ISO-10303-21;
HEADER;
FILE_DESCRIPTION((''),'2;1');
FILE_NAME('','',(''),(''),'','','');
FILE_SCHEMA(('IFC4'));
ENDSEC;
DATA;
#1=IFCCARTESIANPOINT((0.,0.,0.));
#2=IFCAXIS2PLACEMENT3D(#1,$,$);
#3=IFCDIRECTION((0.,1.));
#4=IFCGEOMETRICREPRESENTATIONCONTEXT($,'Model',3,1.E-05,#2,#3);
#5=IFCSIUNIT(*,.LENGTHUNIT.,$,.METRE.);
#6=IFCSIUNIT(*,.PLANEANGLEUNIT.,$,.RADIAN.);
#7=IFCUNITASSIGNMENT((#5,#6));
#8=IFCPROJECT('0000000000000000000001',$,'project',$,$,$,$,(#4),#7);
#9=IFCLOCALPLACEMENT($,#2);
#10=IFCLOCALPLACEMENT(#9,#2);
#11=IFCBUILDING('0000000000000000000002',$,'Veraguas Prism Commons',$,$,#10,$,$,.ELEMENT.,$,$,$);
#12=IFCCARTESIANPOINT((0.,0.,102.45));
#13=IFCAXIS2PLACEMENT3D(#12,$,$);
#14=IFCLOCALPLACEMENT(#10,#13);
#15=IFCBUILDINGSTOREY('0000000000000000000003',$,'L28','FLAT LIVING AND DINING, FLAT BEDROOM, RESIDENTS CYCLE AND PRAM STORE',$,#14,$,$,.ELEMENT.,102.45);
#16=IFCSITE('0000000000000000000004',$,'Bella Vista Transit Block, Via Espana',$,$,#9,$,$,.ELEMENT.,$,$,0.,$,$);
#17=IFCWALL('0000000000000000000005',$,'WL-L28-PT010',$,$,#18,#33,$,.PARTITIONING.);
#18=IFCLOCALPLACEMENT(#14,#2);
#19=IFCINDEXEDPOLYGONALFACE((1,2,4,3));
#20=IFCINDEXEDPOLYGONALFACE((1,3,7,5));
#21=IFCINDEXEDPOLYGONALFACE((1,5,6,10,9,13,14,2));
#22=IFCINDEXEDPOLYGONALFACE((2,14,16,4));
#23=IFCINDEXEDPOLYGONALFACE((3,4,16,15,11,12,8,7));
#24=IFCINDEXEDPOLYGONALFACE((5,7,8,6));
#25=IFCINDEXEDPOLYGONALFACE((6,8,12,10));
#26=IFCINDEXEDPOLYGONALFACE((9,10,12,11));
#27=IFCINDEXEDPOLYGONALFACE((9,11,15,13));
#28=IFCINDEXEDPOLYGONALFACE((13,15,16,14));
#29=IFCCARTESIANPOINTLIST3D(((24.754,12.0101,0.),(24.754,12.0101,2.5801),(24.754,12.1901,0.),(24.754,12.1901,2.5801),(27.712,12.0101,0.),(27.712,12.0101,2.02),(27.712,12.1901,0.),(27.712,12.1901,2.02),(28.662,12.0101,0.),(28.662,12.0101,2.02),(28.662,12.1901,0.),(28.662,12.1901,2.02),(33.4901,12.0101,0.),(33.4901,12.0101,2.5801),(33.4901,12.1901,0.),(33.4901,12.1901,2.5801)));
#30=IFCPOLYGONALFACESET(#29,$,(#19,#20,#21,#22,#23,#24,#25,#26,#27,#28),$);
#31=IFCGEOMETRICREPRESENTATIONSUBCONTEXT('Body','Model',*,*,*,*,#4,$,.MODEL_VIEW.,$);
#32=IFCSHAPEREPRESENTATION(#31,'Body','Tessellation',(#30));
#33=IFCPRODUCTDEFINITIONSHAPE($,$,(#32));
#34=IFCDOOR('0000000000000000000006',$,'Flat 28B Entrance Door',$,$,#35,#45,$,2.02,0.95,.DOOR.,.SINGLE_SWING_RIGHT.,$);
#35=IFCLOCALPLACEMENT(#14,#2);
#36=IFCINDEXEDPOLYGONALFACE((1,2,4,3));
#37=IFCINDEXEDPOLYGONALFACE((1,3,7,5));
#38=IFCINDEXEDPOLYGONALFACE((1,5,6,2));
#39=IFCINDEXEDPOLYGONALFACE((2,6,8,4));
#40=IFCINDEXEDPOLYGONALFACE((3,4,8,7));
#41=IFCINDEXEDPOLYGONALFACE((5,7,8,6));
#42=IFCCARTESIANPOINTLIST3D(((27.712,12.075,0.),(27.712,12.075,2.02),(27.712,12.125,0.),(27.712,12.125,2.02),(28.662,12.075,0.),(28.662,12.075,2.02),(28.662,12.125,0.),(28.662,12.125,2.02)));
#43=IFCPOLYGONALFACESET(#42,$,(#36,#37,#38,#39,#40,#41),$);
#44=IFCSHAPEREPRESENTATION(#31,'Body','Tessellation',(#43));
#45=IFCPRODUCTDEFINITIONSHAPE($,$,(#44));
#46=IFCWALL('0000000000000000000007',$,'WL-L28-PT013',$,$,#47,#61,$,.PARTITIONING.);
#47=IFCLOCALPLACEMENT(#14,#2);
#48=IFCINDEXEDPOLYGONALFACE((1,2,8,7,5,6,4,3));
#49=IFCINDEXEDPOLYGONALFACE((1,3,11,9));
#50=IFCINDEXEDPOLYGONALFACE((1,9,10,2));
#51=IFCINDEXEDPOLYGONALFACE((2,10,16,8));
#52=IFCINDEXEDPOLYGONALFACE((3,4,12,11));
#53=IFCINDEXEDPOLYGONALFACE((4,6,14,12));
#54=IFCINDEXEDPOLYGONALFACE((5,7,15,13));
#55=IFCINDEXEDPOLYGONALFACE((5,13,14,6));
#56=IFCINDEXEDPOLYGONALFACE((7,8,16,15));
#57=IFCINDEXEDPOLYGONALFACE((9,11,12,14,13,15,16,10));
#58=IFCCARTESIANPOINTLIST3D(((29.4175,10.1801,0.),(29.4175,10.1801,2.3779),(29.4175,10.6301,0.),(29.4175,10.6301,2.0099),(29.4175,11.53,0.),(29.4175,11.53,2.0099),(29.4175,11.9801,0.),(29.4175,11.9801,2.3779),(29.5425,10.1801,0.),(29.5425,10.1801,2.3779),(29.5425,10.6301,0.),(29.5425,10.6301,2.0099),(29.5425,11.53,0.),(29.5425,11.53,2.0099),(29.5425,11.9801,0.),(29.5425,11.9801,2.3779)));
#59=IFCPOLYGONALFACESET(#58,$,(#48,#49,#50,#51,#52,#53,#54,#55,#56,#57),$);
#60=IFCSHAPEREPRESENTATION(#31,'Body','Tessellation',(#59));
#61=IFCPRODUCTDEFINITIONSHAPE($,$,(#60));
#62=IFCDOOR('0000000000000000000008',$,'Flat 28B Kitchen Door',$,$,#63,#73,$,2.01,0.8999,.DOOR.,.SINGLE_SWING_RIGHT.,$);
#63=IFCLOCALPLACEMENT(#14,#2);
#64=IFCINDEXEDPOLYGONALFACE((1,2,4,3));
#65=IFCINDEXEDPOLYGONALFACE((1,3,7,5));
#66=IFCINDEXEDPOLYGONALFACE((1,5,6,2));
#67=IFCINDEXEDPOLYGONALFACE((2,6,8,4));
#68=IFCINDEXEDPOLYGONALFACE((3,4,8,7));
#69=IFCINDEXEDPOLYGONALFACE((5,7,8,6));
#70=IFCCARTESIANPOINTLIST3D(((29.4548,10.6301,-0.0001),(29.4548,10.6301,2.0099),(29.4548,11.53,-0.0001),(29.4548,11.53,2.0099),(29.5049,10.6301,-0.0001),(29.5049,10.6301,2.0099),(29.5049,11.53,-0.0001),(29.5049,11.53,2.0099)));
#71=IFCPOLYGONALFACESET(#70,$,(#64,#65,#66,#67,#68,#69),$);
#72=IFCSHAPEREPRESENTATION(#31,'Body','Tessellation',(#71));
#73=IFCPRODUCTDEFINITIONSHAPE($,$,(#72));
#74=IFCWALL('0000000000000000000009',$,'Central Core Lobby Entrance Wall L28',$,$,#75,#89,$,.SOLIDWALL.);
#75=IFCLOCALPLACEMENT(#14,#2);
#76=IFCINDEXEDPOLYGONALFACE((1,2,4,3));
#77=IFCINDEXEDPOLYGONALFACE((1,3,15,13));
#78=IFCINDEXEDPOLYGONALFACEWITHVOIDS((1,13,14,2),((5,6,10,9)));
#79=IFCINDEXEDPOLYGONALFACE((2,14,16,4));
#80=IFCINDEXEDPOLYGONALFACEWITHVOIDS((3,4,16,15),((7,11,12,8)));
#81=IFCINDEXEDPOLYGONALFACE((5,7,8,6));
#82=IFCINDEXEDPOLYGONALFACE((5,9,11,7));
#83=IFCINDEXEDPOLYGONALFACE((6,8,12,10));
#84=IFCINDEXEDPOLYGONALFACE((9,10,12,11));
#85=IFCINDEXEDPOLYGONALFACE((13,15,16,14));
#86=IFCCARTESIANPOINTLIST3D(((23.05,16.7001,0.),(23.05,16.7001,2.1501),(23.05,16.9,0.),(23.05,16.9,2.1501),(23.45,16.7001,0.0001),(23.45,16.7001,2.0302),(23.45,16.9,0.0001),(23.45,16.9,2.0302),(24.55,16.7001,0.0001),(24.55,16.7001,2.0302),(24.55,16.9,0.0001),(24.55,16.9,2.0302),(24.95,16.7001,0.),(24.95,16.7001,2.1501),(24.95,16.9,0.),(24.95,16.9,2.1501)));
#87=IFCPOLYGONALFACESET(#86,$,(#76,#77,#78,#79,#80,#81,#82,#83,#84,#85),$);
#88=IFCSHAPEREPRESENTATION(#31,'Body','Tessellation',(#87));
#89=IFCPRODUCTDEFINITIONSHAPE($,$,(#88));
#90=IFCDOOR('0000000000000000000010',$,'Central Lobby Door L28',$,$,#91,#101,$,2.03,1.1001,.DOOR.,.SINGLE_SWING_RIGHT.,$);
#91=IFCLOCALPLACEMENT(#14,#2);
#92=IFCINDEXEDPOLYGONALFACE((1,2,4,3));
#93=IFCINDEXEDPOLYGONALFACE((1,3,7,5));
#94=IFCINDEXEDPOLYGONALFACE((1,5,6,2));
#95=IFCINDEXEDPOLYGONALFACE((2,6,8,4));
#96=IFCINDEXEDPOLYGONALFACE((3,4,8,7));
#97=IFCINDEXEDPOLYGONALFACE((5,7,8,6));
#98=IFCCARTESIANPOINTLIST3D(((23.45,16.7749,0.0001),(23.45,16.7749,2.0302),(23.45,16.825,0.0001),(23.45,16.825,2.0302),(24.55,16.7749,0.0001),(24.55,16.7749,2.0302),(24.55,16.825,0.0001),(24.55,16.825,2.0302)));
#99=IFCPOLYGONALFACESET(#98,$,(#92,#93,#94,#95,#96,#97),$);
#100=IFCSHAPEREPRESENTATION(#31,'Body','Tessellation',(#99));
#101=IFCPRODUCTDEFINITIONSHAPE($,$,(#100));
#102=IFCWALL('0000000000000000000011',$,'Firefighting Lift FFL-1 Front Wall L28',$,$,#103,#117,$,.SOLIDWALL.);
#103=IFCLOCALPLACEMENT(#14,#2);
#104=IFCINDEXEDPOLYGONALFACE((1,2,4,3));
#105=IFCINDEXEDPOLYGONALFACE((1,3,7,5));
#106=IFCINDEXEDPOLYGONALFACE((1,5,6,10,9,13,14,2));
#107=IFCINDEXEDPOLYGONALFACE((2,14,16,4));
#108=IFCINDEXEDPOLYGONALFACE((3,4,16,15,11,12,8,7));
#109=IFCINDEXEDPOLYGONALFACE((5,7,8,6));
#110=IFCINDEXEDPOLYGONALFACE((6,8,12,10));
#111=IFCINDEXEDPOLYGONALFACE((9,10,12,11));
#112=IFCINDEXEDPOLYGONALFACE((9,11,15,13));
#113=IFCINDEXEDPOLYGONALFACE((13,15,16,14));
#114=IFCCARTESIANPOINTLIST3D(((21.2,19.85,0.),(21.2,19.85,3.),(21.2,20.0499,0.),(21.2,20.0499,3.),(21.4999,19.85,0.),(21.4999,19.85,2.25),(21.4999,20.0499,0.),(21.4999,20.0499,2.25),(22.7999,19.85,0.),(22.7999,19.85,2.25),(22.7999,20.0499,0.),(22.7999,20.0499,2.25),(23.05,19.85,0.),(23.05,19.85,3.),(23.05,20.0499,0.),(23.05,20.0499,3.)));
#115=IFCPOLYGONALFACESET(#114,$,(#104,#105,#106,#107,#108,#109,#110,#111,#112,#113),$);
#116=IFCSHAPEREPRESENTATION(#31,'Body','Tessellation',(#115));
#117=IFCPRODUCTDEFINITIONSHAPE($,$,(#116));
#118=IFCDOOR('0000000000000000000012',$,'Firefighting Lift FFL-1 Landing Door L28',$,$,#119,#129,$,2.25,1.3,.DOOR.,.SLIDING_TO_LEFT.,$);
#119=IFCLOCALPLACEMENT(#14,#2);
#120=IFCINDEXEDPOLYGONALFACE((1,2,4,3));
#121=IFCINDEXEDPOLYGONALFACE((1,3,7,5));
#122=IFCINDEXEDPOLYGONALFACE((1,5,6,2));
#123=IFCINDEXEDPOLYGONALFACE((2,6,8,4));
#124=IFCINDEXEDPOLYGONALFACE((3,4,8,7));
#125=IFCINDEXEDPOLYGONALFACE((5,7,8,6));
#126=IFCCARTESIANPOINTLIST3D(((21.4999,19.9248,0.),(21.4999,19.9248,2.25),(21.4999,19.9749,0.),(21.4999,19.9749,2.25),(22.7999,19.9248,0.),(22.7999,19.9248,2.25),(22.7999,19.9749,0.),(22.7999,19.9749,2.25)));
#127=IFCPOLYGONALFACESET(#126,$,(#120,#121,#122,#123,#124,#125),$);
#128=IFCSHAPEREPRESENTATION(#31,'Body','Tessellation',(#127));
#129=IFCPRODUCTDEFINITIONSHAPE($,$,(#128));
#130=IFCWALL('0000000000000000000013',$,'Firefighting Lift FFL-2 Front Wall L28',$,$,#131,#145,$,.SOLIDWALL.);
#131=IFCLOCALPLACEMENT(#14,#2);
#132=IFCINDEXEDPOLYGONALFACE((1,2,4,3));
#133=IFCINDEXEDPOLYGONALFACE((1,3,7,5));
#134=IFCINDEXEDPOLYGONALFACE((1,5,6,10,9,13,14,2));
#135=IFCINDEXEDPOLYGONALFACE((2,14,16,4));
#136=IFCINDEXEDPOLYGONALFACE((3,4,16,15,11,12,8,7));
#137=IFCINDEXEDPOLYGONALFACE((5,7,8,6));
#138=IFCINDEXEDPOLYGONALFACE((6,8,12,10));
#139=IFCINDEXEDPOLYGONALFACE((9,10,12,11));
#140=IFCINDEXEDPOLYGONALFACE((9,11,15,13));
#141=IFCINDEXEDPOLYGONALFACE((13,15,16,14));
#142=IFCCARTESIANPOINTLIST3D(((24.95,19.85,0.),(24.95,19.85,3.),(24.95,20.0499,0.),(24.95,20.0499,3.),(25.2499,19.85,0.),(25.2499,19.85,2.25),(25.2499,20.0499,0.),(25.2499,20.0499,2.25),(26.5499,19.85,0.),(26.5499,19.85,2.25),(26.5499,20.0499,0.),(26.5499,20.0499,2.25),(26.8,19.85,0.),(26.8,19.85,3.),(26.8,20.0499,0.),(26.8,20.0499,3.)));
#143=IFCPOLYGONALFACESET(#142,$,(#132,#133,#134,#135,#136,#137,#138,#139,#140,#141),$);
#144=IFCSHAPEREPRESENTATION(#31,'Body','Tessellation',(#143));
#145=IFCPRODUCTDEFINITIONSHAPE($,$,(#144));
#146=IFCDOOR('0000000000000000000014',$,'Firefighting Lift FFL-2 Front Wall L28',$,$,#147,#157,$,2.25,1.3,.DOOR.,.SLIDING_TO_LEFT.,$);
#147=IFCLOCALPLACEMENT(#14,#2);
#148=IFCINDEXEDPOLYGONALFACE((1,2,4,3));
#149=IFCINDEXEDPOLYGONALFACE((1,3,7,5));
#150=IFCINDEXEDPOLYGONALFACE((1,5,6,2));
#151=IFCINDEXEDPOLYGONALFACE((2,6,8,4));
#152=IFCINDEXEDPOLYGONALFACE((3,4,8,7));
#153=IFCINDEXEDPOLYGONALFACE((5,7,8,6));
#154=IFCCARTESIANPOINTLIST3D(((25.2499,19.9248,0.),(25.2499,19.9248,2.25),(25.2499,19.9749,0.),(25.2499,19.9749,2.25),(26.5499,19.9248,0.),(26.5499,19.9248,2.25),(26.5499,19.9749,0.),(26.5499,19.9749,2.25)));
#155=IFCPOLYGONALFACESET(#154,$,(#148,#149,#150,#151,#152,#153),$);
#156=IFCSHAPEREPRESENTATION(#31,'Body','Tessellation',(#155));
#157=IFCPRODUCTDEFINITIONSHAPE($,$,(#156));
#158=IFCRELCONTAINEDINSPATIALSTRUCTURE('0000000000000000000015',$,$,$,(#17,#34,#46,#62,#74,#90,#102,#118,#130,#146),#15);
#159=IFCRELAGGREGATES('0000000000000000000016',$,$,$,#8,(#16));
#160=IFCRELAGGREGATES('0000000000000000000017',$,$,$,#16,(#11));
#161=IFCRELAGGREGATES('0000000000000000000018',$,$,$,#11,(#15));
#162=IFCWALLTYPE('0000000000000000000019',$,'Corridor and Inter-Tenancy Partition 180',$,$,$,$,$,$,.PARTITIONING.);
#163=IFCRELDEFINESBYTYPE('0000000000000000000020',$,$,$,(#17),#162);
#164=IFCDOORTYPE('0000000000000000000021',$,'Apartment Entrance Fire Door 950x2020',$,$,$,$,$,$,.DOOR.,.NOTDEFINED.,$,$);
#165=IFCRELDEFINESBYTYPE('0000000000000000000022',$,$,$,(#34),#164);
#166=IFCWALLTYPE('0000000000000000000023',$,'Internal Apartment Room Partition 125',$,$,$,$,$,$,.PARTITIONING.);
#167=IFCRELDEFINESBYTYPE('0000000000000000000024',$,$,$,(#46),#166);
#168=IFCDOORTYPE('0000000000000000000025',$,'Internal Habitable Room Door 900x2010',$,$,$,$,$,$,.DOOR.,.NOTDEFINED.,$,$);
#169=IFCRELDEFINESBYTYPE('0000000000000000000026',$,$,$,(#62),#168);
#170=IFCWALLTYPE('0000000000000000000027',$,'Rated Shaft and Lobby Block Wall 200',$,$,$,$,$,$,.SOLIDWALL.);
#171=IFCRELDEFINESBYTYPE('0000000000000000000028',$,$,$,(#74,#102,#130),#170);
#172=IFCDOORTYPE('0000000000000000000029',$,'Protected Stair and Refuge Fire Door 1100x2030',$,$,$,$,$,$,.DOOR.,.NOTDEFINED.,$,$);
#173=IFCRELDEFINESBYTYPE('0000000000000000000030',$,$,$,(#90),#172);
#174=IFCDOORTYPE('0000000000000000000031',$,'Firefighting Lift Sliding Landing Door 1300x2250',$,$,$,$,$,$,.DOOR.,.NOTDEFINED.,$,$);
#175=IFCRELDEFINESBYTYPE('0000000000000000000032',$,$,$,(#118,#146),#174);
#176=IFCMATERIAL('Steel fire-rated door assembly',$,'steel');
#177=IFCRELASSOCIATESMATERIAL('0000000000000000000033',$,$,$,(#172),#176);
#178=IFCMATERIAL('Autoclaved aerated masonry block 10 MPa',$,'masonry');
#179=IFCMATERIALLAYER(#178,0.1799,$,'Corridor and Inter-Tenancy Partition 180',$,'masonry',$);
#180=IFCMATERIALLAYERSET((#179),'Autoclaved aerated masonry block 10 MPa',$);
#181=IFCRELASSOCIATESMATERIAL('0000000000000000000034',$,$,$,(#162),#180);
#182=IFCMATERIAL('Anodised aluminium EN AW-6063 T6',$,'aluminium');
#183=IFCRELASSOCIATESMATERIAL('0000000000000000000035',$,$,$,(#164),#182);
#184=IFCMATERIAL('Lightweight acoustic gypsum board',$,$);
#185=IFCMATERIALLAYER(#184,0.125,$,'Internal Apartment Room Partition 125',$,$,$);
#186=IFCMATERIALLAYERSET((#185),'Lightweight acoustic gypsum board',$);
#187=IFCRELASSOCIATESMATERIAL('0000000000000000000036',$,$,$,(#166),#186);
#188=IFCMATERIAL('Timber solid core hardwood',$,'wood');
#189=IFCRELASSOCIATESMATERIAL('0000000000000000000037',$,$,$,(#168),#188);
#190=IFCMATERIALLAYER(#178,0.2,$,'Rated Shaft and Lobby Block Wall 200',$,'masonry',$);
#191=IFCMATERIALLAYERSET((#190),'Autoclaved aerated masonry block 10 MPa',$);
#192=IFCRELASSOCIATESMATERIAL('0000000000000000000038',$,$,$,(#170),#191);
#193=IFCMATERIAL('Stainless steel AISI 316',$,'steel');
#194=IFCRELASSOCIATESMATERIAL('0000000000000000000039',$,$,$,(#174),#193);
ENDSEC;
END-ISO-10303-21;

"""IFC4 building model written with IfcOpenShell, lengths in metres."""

from ifc_helpers import new_model, si_unit, direction, frame, frame_2d, origin, place, context, subcontext, project, spatial, rectangle, extrude, source, transform, mapped, material, layer, layer_set, type_object, element, fill, save


model = new_model("IFC4")

# Units and contexts
model_context = context("Model", 3, precision=1e-05, world=origin(), true_north=direction((0.0, 1.0)))
body_context = subcontext(model_context, "Body", "Model", "MODEL_VIEW")
ifc_project = project(units=[si_unit("LENGTHUNIT", "METRE"), si_unit("PLANEANGLEUNIT", "RADIAN")], contexts=[model_context])

# Site, building, storey
site_placement = place(None, origin())
site = spatial("IfcSite", under=ifc_project, at=site_placement, Name="Bella Vista Transit Block, Via Espana", CompositionType="ELEMENT", RefElevation=0.0)
building_placement = place(site_placement, origin())
building = spatial("IfcBuilding", under=site, at=building_placement, Name="Veraguas Prism Commons", CompositionType="ELEMENT")
storey_placement = place(building_placement, frame((0.0, 0.0, 102.45)))
storey = spatial("IfcBuildingStorey", under=building, at=storey_placement, Name="L28", Description="FLAT LIVING AND DINING, FLAT BEDROOM, RESIDENTS CYCLE AND PRAM STORE", CompositionType="ELEMENT", Elevation=102.45)

# Shared definitions
ifc_material_1 = material(Name="Steel fire-rated door assembly", Category="steel")
door_type_1 = type_object("IfcDoorType", Name="Protected Stair and Refuge Fire Door 1100x2030", OperationType="NOTDEFINED", PredefinedType="DOOR", material=ifc_material_1)
shared_shape_1 = source(origin(), body_context, "Body", "SweptSolid", [
    extrude(rectangle(XDim=1.1001, YDim=2.03, at=frame_2d((0.55, 1.0151))), frame((0.0, 0.0249, 0.0), z_axis=(0.0, -1.0, 0.0), x_axis=(1.0, 0.0, 0.0)), (0.0, 0.0, 1.0), 0.05),
])

# Shared definitions
ifc_material_2 = material(Name="Autoclaved aerated masonry block 10 MPa", Category="masonry")
ifc_layer_1 = layer(ifc_material_2, 0.1799, Name="Corridor and Inter-Tenancy Partition 180", Category="masonry")
ifc_layer_set_1 = layer_set([ifc_layer_1], Name="Autoclaved aerated masonry block 10 MPa")
wall_type_1 = type_object("IfcWallType", Name="Corridor and Inter-Tenancy Partition 180", PredefinedType="PARTITIONING", material=ifc_layer_set_1)

# Walls, openings, doors
wall_1_placement = place(storey_placement, frame((24.7539, 12.1001, 0.0), z_axis=(0.0, 0.0, 1.0), x_axis=(1.0, 0.0, 0.0)))
wall_1 = element("IfcWall", 1, at=wall_1_placement, inside=storey, type_object=wall_type_1, Name="WL-L28-PT010", PredefinedType="PARTITIONING", context=body_context, shape_type="SweptSolid", body=[
    extrude(rectangle(XDim=8.7361, YDim=0.1799, at=frame_2d((4.3682, 0.0))), origin(), (0.0, 0.0, 1.0), 2.5801),
])
opening_1_placement = place(wall_1_placement, frame((2.958, 0.0, 0.0)))
opening_1 = element("IfcOpeningElement", 2, at=opening_1_placement, cuts=wall_1, PredefinedType="OPENING", context=body_context, shape_type="SweptSolid", body=[
    extrude(rectangle(XDim=0.95, YDim=2.02, at=frame_2d((0.4751, 1.01))), frame((0.0, 0.0999, 0.0), z_axis=(0.0, -1.0, 0.0), x_axis=(1.0, 0.0, 0.0)), (0.0, 0.0, 1.0), 0.2),
])
ifc_material_3 = material(Name="Anodised aluminium EN AW-6063 T6", Category="aluminium")
door_type_2 = type_object("IfcDoorType", Name="Apartment Entrance Fire Door 950x2020", OperationType="NOTDEFINED", PredefinedType="DOOR", material=ifc_material_3)
shared_shape_2 = source(origin(), body_context, "Body", "SweptSolid", [
    extrude(rectangle(XDim=0.95, YDim=2.02, at=frame_2d((0.4751, 1.01))), frame((0.0, 0.0249, 0.0), z_axis=(0.0, -1.0, 0.0), x_axis=(1.0, 0.0, 0.0)), (0.0, 0.0, 1.0), 0.05),
])
door_1_placement = place(opening_1_placement, origin())
door_1 = element("IfcDoor", 3, at=door_1_placement, inside=storey, type_object=door_type_2, Name="Flat 28B Entrance Door", OperationType="SINGLE_SWING_RIGHT", OverallHeight=2.02, OverallWidth=0.95, PredefinedType="DOOR", context=body_context, shape_type="MappedRepresentation", body=[
    mapped(shared_shape_2, transform((0.0, 0.0, 0.0), scale=1.0)),
])
fill(opening_1, door_1)
ifc_material_4 = material(Name="Lightweight acoustic gypsum board")
ifc_layer_2 = layer(ifc_material_4, 0.125, Name="Internal Apartment Room Partition 125")
ifc_layer_set_2 = layer_set([ifc_layer_2], Name="Lightweight acoustic gypsum board")
wall_type_2 = type_object("IfcWallType", Name="Internal Apartment Room Partition 125", PredefinedType="PARTITIONING", material=ifc_layer_set_2)
wall_2_placement = place(storey_placement, frame((29.48, 11.98, 0.0), z_axis=(0.0, 0.0, 1.0), x_axis=(0.0, -1.0, 0.0)))
wall_2 = element("IfcWall", 4, at=wall_2_placement, inside=storey, type_object=wall_type_2, Name="WL-L28-PT013", PredefinedType="PARTITIONING", context=body_context, shape_type="SweptSolid", body=[
    extrude(rectangle(XDim=1.8, YDim=0.125, at=frame_2d((0.8999, 0.0))), origin(), (0.0, 0.0, 1.0), 2.3779),
])
opening_2_placement = place(wall_2_placement, frame((0.45, 0.0, 0.0)))
opening_2 = element("IfcOpeningElement", 5, at=opening_2_placement, cuts=wall_2, PredefinedType="OPENING", context=body_context, shape_type="SweptSolid", body=[
    extrude(rectangle(XDim=0.8999, YDim=2.01, at=frame_2d((0.45, 1.0049))), frame((0.0, 0.0725, 0.0), z_axis=(0.0, -1.0, 0.0), x_axis=(1.0, 0.0, 0.0)), (0.0, 0.0, 1.0), 0.145),
])
ifc_material_5 = material(Name="Timber solid core hardwood", Category="wood")
door_type_3 = type_object("IfcDoorType", Name="Internal Habitable Room Door 900x2010", OperationType="NOTDEFINED", PredefinedType="DOOR", material=ifc_material_5)
shared_shape_3 = source(origin(), body_context, "Body", "SweptSolid", [
    extrude(rectangle(XDim=0.8999, YDim=2.01, at=frame_2d((0.45, 1.0049))), frame((0.0, 0.0249, 0.0), z_axis=(0.0, -1.0, 0.0), x_axis=(1.0, 0.0, 0.0)), (0.0, 0.0, 1.0), 0.05),
])
door_2_placement = place(opening_2_placement, origin())
door_2 = element("IfcDoor", 6, at=door_2_placement, inside=storey, type_object=door_type_3, Name="Flat 28B Kitchen Door", OperationType="SINGLE_SWING_RIGHT", OverallHeight=2.01, OverallWidth=0.8999, PredefinedType="DOOR", context=body_context, shape_type="MappedRepresentation", body=[
    mapped(shared_shape_3, transform((0.0, 0.0, 0.0), scale=1.0)),
])
fill(opening_2, door_2)
ifc_layer_3 = layer(ifc_material_2, 0.2, Name="Rated Shaft and Lobby Block Wall 200", Category="masonry")
ifc_layer_set_3 = layer_set([ifc_layer_3], Name="Autoclaved aerated masonry block 10 MPa")
wall_type_3 = type_object("IfcWallType", Name="Rated Shaft and Lobby Block Wall 200", PredefinedType="SOLIDWALL", material=ifc_layer_set_3)
wall_3_placement = place(storey_placement, frame((23.05, 16.8, 0.0), z_axis=(0.0, 0.0, 1.0), x_axis=(1.0, 0.0, 0.0)))
wall_3 = element("IfcWall", 7, at=wall_3_placement, inside=storey, type_object=wall_type_3, Name="Central Core Lobby Entrance Wall L28", PredefinedType="SOLIDWALL", context=body_context, shape_type="SweptSolid", body=[
    extrude(rectangle(XDim=1.8999, YDim=0.2, at=frame_2d((0.95, 0.0))), origin(), (0.0, 0.0, 1.0), 2.1501),
])
opening_3_placement = place(wall_3_placement, frame((0.3999, 0.0, 0.0)))
opening_3 = element("IfcOpeningElement", 8, at=opening_3_placement, cuts=wall_3, PredefinedType="OPENING", context=body_context, shape_type="SweptSolid", body=[
    extrude(rectangle(XDim=1.1001, YDim=2.03, at=frame_2d((0.55, 1.0151))), frame((0.0, 0.1099, 0.0), z_axis=(0.0, -1.0, 0.0), x_axis=(1.0, 0.0, 0.0)), (0.0, 0.0, 1.0), 0.22),
])
door_3_placement = place(opening_3_placement, origin())
door_3 = element("IfcDoor", 9, at=door_3_placement, inside=storey, type_object=door_type_1, Name="Central Lobby Door L28", OperationType="SINGLE_SWING_RIGHT", OverallHeight=2.03, OverallWidth=1.1001, PredefinedType="DOOR", context=body_context, shape_type="MappedRepresentation", body=[
    mapped(shared_shape_1, transform((0.0, 0.0, 0.0), scale=1.0)),
])
fill(opening_3, door_3)
wall_4_placement = place(storey_placement, frame((21.2, 19.95, 0.0), z_axis=(0.0, 0.0, 1.0), x_axis=(1.0, 0.0, 0.0)))
wall_4 = element("IfcWall", 10, at=wall_4_placement, inside=storey, type_object=wall_type_3, Name="Firefighting Lift FFL-1 Front Wall L28", PredefinedType="SOLIDWALL", context=body_context, shape_type="SweptSolid", body=[
    extrude(rectangle(XDim=1.8501, YDim=0.2, at=frame_2d((0.925, 0.0))), origin(), (0.0, 0.0, 1.0), 3.0),
])
opening_4_placement = place(wall_4_placement, frame((0.3, 0.0, 0.0)))
opening_4 = element("IfcOpeningElement", 11, at=opening_4_placement, cuts=wall_4, PredefinedType="OPENING", context=body_context, shape_type="SweptSolid", body=[
    extrude(rectangle(XDim=1.3, YDim=2.25, at=frame_2d((0.6499, 1.125))), frame((0.0, 0.1099, 0.0), z_axis=(0.0, -1.0, 0.0), x_axis=(1.0, 0.0, 0.0)), (0.0, 0.0, 1.0), 0.22),
])
ifc_material_6 = material(Name="Stainless steel AISI 316", Category="steel")
door_type_4 = type_object("IfcDoorType", Name="Firefighting Lift Sliding Landing Door 1300x2250", OperationType="NOTDEFINED", PredefinedType="DOOR", material=ifc_material_6)
shared_shape_4 = source(origin(), body_context, "Body", "SweptSolid", [
    extrude(rectangle(XDim=1.3, YDim=2.25, at=frame_2d((0.6499, 1.125))), frame((0.0, 0.0249, 0.0), z_axis=(0.0, -1.0, 0.0), x_axis=(1.0, 0.0, 0.0)), (0.0, 0.0, 1.0), 0.05),
])
door_4_placement = place(opening_4_placement, origin())
door_4 = element("IfcDoor", 12, at=door_4_placement, inside=storey, type_object=door_type_4, Name="Firefighting Lift FFL-1 Landing Door L28", OperationType="SLIDING_TO_LEFT", OverallHeight=2.25, OverallWidth=1.3, PredefinedType="DOOR", context=body_context, shape_type="MappedRepresentation", body=[
    mapped(shared_shape_4, transform((0.0, 0.0, 0.0), scale=1.0)),
])
fill(opening_4, door_4)
wall_5_placement = place(storey_placement, frame((24.95, 19.95, 0.0), z_axis=(0.0, 0.0, 1.0), x_axis=(1.0, 0.0, 0.0)))
wall_5 = element("IfcWall", 13, at=wall_5_placement, inside=storey, type_object=wall_type_3, Name="Firefighting Lift FFL-2 Front Wall L28", PredefinedType="SOLIDWALL", context=body_context, shape_type="SweptSolid", body=[
    extrude(rectangle(XDim=1.8501, YDim=0.2, at=frame_2d((0.925, 0.0))), origin(), (0.0, 0.0, 1.0), 3.0),
])
opening_5_placement = place(wall_5_placement, frame((0.3, 0.0, 0.0)))
opening_5 = element("IfcOpeningElement", 14, at=opening_5_placement, cuts=wall_5, PredefinedType="OPENING", context=body_context, shape_type="SweptSolid", body=[
    extrude(rectangle(XDim=1.3, YDim=2.25, at=frame_2d((0.6499, 1.125))), frame((0.0, 0.1099, 0.0), z_axis=(0.0, -1.0, 0.0), x_axis=(1.0, 0.0, 0.0)), (0.0, 0.0, 1.0), 0.22),
])
door_5_placement = place(opening_5_placement, origin())
door_5 = element("IfcDoor", 15, at=door_5_placement, inside=storey, type_object=door_type_4, Name="Firefighting Lift FFL-2 Front Wall L28", OperationType="SLIDING_TO_LEFT", OverallHeight=2.25, OverallWidth=1.3, PredefinedType="DOOR", context=body_context, shape_type="MappedRepresentation", body=[
    mapped(shared_shape_4, transform((0.0, 0.0, 0.0), scale=1.0)),
])
fill(opening_5, door_5)

save(model, "model.ifc")
